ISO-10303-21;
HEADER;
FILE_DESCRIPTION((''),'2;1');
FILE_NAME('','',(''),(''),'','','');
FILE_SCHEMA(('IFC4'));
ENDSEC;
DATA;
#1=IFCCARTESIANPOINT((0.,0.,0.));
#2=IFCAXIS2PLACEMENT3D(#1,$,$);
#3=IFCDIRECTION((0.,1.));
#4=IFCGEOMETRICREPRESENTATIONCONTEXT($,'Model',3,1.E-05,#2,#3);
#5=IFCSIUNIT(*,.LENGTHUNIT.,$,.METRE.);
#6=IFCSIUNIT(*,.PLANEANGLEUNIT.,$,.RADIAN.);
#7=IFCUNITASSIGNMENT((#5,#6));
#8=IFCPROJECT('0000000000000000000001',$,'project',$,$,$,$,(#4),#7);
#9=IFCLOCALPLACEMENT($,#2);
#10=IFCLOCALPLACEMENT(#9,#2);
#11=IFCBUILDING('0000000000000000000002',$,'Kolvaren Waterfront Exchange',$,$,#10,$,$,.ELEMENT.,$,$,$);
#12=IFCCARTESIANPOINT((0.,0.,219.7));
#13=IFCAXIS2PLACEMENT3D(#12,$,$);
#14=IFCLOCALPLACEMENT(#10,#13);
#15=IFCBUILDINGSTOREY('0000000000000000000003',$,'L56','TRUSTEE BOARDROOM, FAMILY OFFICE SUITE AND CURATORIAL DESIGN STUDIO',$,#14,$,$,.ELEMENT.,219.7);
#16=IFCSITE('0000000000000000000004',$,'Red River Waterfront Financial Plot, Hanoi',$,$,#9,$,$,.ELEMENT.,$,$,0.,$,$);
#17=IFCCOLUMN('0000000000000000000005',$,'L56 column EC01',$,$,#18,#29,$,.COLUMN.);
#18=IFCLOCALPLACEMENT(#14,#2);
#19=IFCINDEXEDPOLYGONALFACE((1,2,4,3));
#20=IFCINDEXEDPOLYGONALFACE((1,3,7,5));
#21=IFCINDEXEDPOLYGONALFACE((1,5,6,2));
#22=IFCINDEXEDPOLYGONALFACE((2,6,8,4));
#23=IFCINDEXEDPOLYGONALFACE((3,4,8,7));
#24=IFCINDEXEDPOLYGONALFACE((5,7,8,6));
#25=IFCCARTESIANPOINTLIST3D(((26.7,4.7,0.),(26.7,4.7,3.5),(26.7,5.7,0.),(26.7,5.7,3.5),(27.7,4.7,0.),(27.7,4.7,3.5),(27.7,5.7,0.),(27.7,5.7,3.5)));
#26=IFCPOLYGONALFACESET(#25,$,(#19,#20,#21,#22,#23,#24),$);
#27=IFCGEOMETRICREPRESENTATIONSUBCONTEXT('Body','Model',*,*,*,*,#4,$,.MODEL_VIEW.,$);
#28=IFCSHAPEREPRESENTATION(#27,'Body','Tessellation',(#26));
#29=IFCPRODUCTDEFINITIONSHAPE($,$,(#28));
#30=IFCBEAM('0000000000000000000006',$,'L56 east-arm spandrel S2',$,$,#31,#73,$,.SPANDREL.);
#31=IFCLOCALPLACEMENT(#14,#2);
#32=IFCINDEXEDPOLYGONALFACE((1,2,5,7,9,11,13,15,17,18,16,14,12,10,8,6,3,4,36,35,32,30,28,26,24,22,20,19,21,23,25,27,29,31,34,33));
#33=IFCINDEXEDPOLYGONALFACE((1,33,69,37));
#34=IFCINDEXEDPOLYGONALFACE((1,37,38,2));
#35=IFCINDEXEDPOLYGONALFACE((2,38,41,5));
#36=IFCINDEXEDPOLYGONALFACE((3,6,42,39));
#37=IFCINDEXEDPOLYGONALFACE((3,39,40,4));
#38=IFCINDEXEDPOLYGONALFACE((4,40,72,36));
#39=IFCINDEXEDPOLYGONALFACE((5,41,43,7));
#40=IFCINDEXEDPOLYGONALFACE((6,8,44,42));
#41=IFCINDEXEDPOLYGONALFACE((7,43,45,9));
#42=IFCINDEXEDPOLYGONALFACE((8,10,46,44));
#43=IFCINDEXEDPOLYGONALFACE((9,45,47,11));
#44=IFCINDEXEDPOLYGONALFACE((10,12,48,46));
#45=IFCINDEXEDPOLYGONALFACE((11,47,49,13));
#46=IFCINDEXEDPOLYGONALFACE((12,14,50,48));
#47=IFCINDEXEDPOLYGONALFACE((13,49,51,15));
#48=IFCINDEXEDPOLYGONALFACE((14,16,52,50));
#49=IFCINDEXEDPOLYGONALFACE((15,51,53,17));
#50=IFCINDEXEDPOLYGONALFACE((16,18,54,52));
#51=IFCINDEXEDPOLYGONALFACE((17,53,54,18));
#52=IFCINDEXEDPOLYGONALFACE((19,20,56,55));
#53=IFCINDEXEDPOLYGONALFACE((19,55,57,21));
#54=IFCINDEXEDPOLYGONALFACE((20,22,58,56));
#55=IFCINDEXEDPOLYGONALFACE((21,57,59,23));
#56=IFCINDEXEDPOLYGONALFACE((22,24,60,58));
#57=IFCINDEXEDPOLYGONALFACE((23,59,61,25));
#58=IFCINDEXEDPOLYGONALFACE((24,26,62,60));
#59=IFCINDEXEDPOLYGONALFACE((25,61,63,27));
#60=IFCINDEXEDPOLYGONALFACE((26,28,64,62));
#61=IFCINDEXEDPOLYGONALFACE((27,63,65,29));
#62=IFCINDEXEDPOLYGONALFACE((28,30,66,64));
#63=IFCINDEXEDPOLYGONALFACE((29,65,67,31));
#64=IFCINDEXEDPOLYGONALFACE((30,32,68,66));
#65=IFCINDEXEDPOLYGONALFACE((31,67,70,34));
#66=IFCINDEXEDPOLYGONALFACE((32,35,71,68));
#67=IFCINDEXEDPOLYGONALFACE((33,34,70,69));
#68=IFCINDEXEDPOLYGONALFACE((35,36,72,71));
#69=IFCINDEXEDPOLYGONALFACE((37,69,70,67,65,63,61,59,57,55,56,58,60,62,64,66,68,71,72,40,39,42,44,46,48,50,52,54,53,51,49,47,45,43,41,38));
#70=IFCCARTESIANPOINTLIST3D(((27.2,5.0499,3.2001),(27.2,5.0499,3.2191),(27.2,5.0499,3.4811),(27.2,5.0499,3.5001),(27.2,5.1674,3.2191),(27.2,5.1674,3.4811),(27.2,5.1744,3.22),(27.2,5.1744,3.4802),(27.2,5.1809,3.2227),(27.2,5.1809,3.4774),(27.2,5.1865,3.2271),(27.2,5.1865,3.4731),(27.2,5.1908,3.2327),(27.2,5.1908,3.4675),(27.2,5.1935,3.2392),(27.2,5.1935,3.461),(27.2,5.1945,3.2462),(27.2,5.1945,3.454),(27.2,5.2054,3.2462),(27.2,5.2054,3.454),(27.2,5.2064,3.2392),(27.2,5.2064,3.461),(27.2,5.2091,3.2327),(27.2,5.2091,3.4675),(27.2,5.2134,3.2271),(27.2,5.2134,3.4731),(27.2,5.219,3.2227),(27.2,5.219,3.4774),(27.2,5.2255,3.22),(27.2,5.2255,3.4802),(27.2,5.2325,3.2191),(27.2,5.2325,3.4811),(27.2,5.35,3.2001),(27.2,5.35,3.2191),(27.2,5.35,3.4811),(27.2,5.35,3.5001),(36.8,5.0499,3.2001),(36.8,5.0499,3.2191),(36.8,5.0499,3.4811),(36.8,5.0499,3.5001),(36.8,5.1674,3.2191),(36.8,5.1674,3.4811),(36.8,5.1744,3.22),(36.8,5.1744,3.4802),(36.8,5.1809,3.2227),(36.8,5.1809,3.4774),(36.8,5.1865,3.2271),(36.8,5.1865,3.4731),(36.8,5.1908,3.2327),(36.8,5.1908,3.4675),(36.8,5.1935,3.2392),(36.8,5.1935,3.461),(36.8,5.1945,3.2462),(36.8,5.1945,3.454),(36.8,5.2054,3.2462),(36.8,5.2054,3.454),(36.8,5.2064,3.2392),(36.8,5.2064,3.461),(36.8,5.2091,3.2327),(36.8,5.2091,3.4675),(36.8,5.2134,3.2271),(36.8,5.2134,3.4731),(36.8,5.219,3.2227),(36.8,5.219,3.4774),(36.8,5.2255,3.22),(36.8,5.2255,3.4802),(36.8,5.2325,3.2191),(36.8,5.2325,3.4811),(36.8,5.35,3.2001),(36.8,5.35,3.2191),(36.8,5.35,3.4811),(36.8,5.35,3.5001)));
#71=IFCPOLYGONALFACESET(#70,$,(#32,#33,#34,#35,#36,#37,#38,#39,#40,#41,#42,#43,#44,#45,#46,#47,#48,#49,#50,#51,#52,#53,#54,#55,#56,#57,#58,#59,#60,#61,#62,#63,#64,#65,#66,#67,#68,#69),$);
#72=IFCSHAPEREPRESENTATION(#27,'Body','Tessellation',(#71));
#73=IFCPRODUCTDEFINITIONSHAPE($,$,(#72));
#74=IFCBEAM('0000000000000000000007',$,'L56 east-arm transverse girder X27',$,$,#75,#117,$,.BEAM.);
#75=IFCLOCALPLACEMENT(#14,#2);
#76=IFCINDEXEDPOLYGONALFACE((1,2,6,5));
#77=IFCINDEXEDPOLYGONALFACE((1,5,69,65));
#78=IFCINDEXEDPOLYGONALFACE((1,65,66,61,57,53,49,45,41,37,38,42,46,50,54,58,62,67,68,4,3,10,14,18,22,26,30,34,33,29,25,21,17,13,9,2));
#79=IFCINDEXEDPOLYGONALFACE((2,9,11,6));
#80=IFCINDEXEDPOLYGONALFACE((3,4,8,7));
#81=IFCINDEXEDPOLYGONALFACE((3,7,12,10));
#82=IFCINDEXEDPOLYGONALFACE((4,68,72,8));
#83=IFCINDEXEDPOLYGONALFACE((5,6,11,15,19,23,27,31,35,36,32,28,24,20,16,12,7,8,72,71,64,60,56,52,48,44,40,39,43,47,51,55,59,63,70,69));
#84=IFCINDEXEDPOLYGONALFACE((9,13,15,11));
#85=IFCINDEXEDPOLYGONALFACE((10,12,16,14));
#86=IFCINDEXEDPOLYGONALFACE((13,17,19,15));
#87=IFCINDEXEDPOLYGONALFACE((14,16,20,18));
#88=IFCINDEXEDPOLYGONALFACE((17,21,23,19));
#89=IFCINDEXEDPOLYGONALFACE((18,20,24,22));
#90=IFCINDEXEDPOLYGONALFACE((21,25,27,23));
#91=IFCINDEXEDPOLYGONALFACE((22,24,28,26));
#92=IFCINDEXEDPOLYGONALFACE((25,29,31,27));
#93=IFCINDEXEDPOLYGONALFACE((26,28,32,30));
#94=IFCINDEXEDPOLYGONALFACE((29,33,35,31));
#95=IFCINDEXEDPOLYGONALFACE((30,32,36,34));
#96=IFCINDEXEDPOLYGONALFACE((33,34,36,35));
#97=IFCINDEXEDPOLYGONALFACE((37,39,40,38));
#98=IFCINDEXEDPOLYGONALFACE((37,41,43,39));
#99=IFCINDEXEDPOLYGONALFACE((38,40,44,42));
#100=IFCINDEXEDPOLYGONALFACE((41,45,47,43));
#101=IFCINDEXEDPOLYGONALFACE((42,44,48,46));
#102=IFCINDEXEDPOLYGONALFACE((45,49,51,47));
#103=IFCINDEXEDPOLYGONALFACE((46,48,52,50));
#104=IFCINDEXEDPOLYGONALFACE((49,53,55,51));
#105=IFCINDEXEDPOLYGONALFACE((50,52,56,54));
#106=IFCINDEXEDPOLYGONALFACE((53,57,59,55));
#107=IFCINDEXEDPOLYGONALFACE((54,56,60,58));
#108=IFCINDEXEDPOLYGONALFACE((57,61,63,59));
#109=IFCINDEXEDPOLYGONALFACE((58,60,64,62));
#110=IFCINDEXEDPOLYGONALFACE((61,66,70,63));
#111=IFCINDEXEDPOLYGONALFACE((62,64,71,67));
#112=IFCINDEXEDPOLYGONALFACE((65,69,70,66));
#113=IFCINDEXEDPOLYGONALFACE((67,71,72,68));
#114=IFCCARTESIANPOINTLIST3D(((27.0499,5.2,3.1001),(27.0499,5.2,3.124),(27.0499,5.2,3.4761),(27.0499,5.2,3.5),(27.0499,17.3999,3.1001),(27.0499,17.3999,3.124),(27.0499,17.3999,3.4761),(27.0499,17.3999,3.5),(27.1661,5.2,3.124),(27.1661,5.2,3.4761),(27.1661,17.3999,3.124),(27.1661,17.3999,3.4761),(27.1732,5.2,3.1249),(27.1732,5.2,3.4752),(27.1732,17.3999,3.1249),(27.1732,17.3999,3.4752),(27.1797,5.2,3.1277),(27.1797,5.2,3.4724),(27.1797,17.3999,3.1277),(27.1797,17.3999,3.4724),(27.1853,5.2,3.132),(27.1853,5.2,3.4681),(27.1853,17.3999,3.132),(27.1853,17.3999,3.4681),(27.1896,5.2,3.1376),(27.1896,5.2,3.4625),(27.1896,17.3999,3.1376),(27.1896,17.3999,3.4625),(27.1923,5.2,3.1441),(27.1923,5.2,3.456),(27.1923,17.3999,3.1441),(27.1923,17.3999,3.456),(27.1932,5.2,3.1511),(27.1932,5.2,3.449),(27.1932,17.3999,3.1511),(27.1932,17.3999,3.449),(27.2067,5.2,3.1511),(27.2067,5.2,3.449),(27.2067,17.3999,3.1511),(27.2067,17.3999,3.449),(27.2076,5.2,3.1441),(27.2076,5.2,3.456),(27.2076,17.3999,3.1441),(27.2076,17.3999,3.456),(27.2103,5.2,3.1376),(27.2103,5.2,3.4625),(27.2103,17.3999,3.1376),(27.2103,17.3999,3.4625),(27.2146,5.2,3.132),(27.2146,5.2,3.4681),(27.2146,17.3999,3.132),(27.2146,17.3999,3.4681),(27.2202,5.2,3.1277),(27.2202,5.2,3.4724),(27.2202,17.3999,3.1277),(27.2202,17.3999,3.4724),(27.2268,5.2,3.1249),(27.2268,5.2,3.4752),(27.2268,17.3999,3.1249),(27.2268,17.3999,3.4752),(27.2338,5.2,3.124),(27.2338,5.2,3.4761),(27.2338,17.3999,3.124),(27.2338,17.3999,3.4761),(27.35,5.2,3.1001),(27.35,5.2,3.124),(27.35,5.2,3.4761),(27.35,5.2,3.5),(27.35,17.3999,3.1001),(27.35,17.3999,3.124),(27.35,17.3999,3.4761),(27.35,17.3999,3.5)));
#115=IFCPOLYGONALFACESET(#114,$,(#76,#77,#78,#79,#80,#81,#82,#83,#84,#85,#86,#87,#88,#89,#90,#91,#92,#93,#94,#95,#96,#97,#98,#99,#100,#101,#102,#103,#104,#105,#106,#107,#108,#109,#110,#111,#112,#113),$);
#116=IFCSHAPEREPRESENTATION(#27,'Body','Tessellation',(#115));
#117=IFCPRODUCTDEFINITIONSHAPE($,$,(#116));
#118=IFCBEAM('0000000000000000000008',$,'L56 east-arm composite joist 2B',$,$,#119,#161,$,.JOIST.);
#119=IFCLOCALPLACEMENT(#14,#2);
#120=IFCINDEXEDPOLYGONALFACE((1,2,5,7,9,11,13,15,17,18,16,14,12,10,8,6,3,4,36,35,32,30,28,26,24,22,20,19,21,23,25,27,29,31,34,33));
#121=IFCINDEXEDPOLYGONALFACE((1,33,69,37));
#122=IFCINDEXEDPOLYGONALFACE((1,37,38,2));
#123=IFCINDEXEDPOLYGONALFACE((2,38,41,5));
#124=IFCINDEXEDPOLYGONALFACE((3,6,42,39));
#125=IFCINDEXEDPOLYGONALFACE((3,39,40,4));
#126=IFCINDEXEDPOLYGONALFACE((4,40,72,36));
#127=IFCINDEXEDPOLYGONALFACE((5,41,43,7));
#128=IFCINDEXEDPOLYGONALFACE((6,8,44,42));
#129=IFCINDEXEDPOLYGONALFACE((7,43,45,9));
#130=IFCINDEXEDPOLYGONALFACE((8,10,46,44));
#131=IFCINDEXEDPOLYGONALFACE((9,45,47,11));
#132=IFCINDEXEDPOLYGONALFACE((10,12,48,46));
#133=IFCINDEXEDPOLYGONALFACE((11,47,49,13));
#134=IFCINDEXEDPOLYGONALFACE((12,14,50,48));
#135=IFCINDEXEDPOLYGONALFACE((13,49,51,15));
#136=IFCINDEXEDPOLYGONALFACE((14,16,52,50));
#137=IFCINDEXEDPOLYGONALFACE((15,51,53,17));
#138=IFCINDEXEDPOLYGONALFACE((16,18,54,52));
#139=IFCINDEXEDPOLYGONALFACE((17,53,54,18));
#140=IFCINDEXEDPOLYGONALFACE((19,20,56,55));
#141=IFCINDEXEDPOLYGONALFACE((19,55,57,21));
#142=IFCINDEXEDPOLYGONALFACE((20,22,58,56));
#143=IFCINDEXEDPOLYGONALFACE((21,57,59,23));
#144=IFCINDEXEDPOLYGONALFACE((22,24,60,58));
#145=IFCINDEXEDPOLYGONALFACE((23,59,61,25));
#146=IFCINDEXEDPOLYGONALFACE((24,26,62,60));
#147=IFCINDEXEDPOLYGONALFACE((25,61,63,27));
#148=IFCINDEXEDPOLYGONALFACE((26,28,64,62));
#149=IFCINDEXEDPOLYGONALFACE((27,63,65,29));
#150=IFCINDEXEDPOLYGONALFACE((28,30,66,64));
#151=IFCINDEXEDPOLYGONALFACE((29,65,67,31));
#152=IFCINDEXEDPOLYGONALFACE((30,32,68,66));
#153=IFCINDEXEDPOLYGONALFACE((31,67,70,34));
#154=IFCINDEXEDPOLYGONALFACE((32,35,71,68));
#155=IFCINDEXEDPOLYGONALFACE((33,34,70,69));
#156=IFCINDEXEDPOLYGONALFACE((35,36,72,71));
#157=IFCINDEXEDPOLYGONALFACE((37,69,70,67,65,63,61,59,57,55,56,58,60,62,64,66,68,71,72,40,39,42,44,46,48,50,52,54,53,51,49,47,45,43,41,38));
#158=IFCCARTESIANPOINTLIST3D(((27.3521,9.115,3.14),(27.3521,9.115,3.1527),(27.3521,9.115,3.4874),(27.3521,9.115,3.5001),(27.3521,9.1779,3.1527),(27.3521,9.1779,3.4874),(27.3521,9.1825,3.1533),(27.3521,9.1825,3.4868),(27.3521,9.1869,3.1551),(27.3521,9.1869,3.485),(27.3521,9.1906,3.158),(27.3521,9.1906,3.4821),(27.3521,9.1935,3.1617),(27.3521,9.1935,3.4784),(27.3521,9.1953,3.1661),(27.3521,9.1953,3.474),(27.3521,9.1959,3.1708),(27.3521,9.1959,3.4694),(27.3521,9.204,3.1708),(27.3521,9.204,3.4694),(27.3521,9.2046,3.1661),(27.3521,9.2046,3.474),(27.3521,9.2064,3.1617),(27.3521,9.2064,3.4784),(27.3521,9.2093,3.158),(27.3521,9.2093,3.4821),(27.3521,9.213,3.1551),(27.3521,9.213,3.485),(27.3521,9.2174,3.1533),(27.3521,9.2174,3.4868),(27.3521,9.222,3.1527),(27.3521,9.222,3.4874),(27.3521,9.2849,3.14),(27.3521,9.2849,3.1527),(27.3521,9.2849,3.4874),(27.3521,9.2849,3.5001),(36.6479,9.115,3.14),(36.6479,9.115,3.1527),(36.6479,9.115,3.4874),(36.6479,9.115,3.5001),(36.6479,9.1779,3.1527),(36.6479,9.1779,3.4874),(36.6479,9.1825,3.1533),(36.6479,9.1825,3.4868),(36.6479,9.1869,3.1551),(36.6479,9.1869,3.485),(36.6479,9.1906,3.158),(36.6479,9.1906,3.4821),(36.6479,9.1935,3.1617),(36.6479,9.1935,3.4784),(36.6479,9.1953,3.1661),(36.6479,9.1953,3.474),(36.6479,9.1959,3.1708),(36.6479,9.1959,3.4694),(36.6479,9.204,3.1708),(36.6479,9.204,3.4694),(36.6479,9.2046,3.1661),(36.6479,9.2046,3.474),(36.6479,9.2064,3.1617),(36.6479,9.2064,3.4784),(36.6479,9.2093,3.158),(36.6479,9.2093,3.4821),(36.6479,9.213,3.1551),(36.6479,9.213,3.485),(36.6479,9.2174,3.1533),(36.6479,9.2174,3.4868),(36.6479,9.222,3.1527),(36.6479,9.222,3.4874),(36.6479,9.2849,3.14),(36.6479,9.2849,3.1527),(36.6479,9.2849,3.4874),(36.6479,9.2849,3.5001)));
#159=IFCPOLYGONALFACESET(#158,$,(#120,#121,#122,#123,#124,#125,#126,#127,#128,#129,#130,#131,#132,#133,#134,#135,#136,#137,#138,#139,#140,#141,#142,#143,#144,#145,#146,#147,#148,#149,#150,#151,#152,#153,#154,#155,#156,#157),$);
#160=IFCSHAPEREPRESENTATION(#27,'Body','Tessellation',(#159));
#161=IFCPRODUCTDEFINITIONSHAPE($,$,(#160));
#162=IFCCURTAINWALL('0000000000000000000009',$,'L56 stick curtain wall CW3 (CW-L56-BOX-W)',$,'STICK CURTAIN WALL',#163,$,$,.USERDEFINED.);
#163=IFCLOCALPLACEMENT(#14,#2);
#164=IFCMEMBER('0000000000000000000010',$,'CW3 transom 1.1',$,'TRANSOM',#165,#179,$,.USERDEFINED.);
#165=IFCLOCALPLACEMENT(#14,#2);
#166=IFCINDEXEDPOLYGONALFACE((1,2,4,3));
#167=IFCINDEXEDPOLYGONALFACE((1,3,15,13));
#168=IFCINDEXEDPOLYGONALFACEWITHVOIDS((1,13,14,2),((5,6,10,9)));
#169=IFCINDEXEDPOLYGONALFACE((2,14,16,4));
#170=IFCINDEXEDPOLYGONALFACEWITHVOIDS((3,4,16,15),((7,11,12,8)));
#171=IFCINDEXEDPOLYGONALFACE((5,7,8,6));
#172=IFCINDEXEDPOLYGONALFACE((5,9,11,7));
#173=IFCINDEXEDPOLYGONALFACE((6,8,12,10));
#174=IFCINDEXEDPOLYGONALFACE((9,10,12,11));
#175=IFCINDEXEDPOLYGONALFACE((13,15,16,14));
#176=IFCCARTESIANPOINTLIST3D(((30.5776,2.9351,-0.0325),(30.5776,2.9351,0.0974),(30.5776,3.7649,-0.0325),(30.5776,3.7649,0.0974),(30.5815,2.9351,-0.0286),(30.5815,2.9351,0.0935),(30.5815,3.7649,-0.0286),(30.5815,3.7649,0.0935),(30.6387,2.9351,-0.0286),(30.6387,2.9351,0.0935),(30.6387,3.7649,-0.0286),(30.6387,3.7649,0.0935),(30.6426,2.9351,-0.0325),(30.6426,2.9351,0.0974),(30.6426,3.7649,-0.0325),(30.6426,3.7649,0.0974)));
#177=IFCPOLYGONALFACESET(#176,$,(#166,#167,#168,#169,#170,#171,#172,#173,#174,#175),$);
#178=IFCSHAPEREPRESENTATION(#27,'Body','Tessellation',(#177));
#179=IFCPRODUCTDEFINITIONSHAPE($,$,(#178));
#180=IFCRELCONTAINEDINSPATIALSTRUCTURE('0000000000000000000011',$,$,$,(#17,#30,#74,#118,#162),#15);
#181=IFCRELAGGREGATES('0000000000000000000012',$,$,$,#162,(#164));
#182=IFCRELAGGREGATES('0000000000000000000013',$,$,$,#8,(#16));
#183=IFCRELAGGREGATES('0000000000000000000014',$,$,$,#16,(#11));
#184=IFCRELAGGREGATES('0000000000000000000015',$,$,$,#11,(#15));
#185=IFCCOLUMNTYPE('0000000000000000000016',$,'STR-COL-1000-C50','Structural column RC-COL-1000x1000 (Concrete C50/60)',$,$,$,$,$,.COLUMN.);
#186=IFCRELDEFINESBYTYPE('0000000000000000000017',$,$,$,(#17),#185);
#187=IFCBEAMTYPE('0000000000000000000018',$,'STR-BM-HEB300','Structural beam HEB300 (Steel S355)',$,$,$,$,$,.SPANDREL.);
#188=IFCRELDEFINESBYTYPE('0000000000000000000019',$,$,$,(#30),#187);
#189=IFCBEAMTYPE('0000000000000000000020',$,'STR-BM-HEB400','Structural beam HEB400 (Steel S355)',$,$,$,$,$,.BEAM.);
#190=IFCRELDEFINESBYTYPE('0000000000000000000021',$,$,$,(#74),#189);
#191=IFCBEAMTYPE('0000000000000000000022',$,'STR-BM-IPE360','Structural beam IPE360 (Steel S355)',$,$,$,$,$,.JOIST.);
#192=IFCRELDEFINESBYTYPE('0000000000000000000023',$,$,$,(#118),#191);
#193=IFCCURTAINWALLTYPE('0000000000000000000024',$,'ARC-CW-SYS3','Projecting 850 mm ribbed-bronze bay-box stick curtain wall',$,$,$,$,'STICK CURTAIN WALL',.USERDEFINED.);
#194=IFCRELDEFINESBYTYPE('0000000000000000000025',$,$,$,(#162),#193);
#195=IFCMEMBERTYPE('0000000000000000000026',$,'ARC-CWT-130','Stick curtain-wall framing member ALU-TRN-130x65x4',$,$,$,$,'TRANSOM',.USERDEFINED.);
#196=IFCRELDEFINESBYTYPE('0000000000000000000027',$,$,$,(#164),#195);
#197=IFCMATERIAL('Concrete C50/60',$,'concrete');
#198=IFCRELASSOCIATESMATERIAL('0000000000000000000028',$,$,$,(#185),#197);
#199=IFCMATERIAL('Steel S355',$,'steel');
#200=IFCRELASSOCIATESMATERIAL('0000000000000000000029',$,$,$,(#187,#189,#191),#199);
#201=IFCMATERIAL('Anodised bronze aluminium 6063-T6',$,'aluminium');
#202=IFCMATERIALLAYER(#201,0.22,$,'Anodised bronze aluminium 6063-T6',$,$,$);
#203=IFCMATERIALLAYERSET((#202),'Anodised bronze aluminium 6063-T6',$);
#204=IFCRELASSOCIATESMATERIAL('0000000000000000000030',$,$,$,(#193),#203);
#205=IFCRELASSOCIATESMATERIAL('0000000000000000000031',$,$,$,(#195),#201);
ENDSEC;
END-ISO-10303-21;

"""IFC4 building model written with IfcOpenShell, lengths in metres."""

from ifc_helpers import new_model, si_unit, direction, frame, origin, origin_with_axes, origin_2d, place, context, subcontext, project, spatial, rectangle, hollow_rectangle, i_section, extrude, source, transform, mapped, material, layer, layer_set, material_profile, profile_set, type_object, element, aggregate, save


model = new_model("IFC4")

# Units and contexts
model_context = context("Model", 3, precision=1e-05, world=origin(), true_north=direction((0.0, 1.0)))
body_context = subcontext(model_context, "Body", "Model", "MODEL_VIEW")
ifc_project = project(units=[si_unit("LENGTHUNIT", "METRE"), si_unit("PLANEANGLEUNIT", "RADIAN")], contexts=[model_context])

# Site, building, storey
site_placement = place(None, origin())
site = spatial("IfcSite", under=ifc_project, at=site_placement, Name="Red River Waterfront Financial Plot, Hanoi", CompositionType="ELEMENT", RefElevation=0.0)
building_placement = place(site_placement, origin())
building = spatial("IfcBuilding", under=site, at=building_placement, Name="Kolvaren Waterfront Exchange", CompositionType="ELEMENT")
storey_placement = place(building_placement, frame((0.0, 0.0, 219.7)))
storey = spatial("IfcBuildingStorey", under=building, at=storey_placement, Name="L56", Description="TRUSTEE BOARDROOM, FAMILY OFFICE SUITE AND CURATORIAL DESIGN STUDIO", CompositionType="ELEMENT", Elevation=219.7)

# Column
ifc_material_1 = material(Name="Concrete C50/60", Category="concrete")
ifc_material_profile_1 = material_profile(ifc_material_1, rectangle(XDim=1.0, YDim=1.0, at=origin_2d()), Name="RC-COL-1000x1000")
ifc_profile_set_1 = profile_set([ifc_material_profile_1], Name="Concrete C50/60")
column_type = type_object("IfcColumnType", Name="STR-COL-1000-C50", Description="Structural column RC-COL-1000x1000 (Concrete C50/60)", PredefinedType="COLUMN", material=ifc_profile_set_1)
column_placement = place(storey_placement, frame((27.2, 5.2, 0.0), z_axis=(0.0, 0.0, 1.0), x_axis=(1.0, 0.0, 0.0)))
element("IfcColumn", 1, at=column_placement, inside=storey, type_object=column_type, Name="L56 column EC01", PredefinedType="COLUMN", context=body_context, shape_type="SweptSolid", body=[
    extrude(rectangle(XDim=1.0, YDim=1.0, at=origin_2d()), origin(), (0.0, 0.0, 1.0), 3.5),
])

# Beams
ifc_material_2 = material(Name="Steel S355", Category="steel")
ifc_material_profile_2 = material_profile(ifc_material_2, i_section(OverallWidth=0.3, OverallDepth=0.3, WebThickness=0.011, FlangeThickness=0.019, FilletRadius=0.0271, at=origin_2d()), Name="HEB300")
ifc_profile_set_2 = profile_set([ifc_material_profile_2], Name="Steel S355")
beam_type_1 = type_object("IfcBeamType", Name="STR-BM-HEB300", Description="Structural beam HEB300 (Steel S355)", PredefinedType="SPANDREL", material=ifc_profile_set_2)
beam_1_placement = place(storey_placement, frame((27.2, 5.2, 3.3501), z_axis=(1.0, 0.0, 0.0), x_axis=(0.0, 1.0, 0.0)))
element("IfcBeam", 2, at=beam_1_placement, inside=storey, type_object=beam_type_1, Name="L56 east-arm spandrel S2", PredefinedType="SPANDREL", context=body_context, shape_type="SweptSolid", body=[
    extrude(i_section(OverallWidth=0.3, OverallDepth=0.3, WebThickness=0.011, FlangeThickness=0.019, FilletRadius=0.0271, at=origin_2d()), origin(), (0.0, 0.0, 1.0), 9.6001),
])
ifc_material_profile_3 = material_profile(ifc_material_2, i_section(OverallWidth=0.3, OverallDepth=0.3999, WebThickness=0.0134, FlangeThickness=0.0239, FilletRadius=0.0271, at=origin_2d()), Name="HEB400")
ifc_profile_set_3 = profile_set([ifc_material_profile_3], Name="Steel S355")
beam_type_2 = type_object("IfcBeamType", Name="STR-BM-HEB400", Description="Structural beam HEB400 (Steel S355)", PredefinedType="BEAM", material=ifc_profile_set_3)
beam_2_placement = place(storey_placement, frame((27.2, 5.2, 3.3), z_axis=(0.0, 1.0, 0.0), x_axis=(-1.0, 0.0, 0.0)))
element("IfcBeam", 3, at=beam_2_placement, inside=storey, type_object=beam_type_2, Name="L56 east-arm transverse girder X27", PredefinedType="BEAM", context=body_context, shape_type="SweptSolid", body=[
    extrude(i_section(OverallWidth=0.3, OverallDepth=0.3999, WebThickness=0.0134, FlangeThickness=0.0239, FilletRadius=0.0271, at=origin_2d()), origin(), (0.0, 0.0, 1.0), 12.2),
])
ifc_material_profile_4 = material_profile(ifc_material_2, i_section(OverallWidth=0.1699, OverallDepth=0.3601, WebThickness=0.0081, FlangeThickness=0.0127, FilletRadius=0.0181, at=origin_2d()), Name="IPE360")
ifc_profile_set_4 = profile_set([ifc_material_profile_4], Name="Steel S355")
beam_type_3 = type_object("IfcBeamType", Name="STR-BM-IPE360", Description="Structural beam IPE360 (Steel S355)", PredefinedType="JOIST", material=ifc_profile_set_4)
beam_3_placement = place(storey_placement, frame((27.3521, 9.2, 3.3201), z_axis=(1.0, 0.0, 0.0), x_axis=(0.0, 1.0, 0.0)))
element("IfcBeam", 4, at=beam_3_placement, inside=storey, type_object=beam_type_3, Name="L56 east-arm composite joist 2B", PredefinedType="JOIST", context=body_context, shape_type="SweptSolid", body=[
    extrude(i_section(OverallWidth=0.1699, OverallDepth=0.3601, WebThickness=0.0081, FlangeThickness=0.0127, FilletRadius=0.0181, at=origin_2d()), origin(), (0.0, 0.0, 1.0), 9.2959),
])

# Curtain wall, member
ifc_material_3 = material(Name="Anodised bronze aluminium 6063-T6", Category="aluminium")
ifc_layer_1 = layer(ifc_material_3, 0.22, Name="Anodised bronze aluminium 6063-T6")
ifc_layer_set_1 = layer_set([ifc_layer_1], Name="Anodised bronze aluminium 6063-T6")
curtain_wall_type_1 = type_object("IfcCurtainWallType", Name="ARC-CW-SYS3", Description="Projecting 850 mm ribbed-bronze bay-box stick curtain wall", ElementType="STICK CURTAIN WALL", PredefinedType="USERDEFINED", material=ifc_layer_set_1)
curtain_wall_1_placement = place(storey_placement, origin())
curtain_wall_1 = element("IfcCurtainWall", 5, at=curtain_wall_1_placement, inside=storey, type_object=curtain_wall_type_1, Name="L56 stick curtain wall CW3 (CW-L56-BOX-W)", ObjectType="STICK CURTAIN WALL", PredefinedType="USERDEFINED")
ifc_material_profile_5 = material_profile(ifc_material_3, hollow_rectangle(XDim=0.0649, YDim=0.1299, WallThickness=0.0039, at=origin_2d()), Name="ALU-TRN-130x65x4")
ifc_profile_set_5 = profile_set([ifc_material_profile_5], Name="Anodised bronze aluminium 6063-T6")
member_type_1 = type_object("IfcMemberType", Name="ARC-CWT-130", Description="Stick curtain-wall framing member ALU-TRN-130x65x4", ElementType="TRANSOM", PredefinedType="USERDEFINED", material=ifc_profile_set_5)
shared_shape_1 = source(origin_with_axes(), body_context, "Body", "SweptSolid", [
    extrude(hollow_rectangle(XDim=0.0649, YDim=0.1299, WallThickness=0.0039, at=origin_2d()), origin(), (0.0, 0.0, 1.0), 0.8298),
])
member_1_placement = place(storey_placement, frame((30.6101, 3.7649, 0.0325), z_axis=(0.0, -1.0, 0.0), x_axis=(1.0, 0.0, 0.0)))
member_1 = element("IfcMember", 6, at=member_1_placement, type_object=member_type_1, Name="CW3 transom 1.1", ObjectType="TRANSOM", PredefinedType="USERDEFINED", context=body_context, shape_type="MappedRepresentation", body=[
    mapped(shared_shape_1, transform((0.0, 0.0, 0.0), x_axis=(1.0, 0.0, 0.0), y_axis=(0.0, 1.0, 0.0), z_axis=(0.0, 0.0, 1.0), scale=1.0)),
])

aggregate(curtain_wall_1, [member_1])

save(model, "model.ifc")
